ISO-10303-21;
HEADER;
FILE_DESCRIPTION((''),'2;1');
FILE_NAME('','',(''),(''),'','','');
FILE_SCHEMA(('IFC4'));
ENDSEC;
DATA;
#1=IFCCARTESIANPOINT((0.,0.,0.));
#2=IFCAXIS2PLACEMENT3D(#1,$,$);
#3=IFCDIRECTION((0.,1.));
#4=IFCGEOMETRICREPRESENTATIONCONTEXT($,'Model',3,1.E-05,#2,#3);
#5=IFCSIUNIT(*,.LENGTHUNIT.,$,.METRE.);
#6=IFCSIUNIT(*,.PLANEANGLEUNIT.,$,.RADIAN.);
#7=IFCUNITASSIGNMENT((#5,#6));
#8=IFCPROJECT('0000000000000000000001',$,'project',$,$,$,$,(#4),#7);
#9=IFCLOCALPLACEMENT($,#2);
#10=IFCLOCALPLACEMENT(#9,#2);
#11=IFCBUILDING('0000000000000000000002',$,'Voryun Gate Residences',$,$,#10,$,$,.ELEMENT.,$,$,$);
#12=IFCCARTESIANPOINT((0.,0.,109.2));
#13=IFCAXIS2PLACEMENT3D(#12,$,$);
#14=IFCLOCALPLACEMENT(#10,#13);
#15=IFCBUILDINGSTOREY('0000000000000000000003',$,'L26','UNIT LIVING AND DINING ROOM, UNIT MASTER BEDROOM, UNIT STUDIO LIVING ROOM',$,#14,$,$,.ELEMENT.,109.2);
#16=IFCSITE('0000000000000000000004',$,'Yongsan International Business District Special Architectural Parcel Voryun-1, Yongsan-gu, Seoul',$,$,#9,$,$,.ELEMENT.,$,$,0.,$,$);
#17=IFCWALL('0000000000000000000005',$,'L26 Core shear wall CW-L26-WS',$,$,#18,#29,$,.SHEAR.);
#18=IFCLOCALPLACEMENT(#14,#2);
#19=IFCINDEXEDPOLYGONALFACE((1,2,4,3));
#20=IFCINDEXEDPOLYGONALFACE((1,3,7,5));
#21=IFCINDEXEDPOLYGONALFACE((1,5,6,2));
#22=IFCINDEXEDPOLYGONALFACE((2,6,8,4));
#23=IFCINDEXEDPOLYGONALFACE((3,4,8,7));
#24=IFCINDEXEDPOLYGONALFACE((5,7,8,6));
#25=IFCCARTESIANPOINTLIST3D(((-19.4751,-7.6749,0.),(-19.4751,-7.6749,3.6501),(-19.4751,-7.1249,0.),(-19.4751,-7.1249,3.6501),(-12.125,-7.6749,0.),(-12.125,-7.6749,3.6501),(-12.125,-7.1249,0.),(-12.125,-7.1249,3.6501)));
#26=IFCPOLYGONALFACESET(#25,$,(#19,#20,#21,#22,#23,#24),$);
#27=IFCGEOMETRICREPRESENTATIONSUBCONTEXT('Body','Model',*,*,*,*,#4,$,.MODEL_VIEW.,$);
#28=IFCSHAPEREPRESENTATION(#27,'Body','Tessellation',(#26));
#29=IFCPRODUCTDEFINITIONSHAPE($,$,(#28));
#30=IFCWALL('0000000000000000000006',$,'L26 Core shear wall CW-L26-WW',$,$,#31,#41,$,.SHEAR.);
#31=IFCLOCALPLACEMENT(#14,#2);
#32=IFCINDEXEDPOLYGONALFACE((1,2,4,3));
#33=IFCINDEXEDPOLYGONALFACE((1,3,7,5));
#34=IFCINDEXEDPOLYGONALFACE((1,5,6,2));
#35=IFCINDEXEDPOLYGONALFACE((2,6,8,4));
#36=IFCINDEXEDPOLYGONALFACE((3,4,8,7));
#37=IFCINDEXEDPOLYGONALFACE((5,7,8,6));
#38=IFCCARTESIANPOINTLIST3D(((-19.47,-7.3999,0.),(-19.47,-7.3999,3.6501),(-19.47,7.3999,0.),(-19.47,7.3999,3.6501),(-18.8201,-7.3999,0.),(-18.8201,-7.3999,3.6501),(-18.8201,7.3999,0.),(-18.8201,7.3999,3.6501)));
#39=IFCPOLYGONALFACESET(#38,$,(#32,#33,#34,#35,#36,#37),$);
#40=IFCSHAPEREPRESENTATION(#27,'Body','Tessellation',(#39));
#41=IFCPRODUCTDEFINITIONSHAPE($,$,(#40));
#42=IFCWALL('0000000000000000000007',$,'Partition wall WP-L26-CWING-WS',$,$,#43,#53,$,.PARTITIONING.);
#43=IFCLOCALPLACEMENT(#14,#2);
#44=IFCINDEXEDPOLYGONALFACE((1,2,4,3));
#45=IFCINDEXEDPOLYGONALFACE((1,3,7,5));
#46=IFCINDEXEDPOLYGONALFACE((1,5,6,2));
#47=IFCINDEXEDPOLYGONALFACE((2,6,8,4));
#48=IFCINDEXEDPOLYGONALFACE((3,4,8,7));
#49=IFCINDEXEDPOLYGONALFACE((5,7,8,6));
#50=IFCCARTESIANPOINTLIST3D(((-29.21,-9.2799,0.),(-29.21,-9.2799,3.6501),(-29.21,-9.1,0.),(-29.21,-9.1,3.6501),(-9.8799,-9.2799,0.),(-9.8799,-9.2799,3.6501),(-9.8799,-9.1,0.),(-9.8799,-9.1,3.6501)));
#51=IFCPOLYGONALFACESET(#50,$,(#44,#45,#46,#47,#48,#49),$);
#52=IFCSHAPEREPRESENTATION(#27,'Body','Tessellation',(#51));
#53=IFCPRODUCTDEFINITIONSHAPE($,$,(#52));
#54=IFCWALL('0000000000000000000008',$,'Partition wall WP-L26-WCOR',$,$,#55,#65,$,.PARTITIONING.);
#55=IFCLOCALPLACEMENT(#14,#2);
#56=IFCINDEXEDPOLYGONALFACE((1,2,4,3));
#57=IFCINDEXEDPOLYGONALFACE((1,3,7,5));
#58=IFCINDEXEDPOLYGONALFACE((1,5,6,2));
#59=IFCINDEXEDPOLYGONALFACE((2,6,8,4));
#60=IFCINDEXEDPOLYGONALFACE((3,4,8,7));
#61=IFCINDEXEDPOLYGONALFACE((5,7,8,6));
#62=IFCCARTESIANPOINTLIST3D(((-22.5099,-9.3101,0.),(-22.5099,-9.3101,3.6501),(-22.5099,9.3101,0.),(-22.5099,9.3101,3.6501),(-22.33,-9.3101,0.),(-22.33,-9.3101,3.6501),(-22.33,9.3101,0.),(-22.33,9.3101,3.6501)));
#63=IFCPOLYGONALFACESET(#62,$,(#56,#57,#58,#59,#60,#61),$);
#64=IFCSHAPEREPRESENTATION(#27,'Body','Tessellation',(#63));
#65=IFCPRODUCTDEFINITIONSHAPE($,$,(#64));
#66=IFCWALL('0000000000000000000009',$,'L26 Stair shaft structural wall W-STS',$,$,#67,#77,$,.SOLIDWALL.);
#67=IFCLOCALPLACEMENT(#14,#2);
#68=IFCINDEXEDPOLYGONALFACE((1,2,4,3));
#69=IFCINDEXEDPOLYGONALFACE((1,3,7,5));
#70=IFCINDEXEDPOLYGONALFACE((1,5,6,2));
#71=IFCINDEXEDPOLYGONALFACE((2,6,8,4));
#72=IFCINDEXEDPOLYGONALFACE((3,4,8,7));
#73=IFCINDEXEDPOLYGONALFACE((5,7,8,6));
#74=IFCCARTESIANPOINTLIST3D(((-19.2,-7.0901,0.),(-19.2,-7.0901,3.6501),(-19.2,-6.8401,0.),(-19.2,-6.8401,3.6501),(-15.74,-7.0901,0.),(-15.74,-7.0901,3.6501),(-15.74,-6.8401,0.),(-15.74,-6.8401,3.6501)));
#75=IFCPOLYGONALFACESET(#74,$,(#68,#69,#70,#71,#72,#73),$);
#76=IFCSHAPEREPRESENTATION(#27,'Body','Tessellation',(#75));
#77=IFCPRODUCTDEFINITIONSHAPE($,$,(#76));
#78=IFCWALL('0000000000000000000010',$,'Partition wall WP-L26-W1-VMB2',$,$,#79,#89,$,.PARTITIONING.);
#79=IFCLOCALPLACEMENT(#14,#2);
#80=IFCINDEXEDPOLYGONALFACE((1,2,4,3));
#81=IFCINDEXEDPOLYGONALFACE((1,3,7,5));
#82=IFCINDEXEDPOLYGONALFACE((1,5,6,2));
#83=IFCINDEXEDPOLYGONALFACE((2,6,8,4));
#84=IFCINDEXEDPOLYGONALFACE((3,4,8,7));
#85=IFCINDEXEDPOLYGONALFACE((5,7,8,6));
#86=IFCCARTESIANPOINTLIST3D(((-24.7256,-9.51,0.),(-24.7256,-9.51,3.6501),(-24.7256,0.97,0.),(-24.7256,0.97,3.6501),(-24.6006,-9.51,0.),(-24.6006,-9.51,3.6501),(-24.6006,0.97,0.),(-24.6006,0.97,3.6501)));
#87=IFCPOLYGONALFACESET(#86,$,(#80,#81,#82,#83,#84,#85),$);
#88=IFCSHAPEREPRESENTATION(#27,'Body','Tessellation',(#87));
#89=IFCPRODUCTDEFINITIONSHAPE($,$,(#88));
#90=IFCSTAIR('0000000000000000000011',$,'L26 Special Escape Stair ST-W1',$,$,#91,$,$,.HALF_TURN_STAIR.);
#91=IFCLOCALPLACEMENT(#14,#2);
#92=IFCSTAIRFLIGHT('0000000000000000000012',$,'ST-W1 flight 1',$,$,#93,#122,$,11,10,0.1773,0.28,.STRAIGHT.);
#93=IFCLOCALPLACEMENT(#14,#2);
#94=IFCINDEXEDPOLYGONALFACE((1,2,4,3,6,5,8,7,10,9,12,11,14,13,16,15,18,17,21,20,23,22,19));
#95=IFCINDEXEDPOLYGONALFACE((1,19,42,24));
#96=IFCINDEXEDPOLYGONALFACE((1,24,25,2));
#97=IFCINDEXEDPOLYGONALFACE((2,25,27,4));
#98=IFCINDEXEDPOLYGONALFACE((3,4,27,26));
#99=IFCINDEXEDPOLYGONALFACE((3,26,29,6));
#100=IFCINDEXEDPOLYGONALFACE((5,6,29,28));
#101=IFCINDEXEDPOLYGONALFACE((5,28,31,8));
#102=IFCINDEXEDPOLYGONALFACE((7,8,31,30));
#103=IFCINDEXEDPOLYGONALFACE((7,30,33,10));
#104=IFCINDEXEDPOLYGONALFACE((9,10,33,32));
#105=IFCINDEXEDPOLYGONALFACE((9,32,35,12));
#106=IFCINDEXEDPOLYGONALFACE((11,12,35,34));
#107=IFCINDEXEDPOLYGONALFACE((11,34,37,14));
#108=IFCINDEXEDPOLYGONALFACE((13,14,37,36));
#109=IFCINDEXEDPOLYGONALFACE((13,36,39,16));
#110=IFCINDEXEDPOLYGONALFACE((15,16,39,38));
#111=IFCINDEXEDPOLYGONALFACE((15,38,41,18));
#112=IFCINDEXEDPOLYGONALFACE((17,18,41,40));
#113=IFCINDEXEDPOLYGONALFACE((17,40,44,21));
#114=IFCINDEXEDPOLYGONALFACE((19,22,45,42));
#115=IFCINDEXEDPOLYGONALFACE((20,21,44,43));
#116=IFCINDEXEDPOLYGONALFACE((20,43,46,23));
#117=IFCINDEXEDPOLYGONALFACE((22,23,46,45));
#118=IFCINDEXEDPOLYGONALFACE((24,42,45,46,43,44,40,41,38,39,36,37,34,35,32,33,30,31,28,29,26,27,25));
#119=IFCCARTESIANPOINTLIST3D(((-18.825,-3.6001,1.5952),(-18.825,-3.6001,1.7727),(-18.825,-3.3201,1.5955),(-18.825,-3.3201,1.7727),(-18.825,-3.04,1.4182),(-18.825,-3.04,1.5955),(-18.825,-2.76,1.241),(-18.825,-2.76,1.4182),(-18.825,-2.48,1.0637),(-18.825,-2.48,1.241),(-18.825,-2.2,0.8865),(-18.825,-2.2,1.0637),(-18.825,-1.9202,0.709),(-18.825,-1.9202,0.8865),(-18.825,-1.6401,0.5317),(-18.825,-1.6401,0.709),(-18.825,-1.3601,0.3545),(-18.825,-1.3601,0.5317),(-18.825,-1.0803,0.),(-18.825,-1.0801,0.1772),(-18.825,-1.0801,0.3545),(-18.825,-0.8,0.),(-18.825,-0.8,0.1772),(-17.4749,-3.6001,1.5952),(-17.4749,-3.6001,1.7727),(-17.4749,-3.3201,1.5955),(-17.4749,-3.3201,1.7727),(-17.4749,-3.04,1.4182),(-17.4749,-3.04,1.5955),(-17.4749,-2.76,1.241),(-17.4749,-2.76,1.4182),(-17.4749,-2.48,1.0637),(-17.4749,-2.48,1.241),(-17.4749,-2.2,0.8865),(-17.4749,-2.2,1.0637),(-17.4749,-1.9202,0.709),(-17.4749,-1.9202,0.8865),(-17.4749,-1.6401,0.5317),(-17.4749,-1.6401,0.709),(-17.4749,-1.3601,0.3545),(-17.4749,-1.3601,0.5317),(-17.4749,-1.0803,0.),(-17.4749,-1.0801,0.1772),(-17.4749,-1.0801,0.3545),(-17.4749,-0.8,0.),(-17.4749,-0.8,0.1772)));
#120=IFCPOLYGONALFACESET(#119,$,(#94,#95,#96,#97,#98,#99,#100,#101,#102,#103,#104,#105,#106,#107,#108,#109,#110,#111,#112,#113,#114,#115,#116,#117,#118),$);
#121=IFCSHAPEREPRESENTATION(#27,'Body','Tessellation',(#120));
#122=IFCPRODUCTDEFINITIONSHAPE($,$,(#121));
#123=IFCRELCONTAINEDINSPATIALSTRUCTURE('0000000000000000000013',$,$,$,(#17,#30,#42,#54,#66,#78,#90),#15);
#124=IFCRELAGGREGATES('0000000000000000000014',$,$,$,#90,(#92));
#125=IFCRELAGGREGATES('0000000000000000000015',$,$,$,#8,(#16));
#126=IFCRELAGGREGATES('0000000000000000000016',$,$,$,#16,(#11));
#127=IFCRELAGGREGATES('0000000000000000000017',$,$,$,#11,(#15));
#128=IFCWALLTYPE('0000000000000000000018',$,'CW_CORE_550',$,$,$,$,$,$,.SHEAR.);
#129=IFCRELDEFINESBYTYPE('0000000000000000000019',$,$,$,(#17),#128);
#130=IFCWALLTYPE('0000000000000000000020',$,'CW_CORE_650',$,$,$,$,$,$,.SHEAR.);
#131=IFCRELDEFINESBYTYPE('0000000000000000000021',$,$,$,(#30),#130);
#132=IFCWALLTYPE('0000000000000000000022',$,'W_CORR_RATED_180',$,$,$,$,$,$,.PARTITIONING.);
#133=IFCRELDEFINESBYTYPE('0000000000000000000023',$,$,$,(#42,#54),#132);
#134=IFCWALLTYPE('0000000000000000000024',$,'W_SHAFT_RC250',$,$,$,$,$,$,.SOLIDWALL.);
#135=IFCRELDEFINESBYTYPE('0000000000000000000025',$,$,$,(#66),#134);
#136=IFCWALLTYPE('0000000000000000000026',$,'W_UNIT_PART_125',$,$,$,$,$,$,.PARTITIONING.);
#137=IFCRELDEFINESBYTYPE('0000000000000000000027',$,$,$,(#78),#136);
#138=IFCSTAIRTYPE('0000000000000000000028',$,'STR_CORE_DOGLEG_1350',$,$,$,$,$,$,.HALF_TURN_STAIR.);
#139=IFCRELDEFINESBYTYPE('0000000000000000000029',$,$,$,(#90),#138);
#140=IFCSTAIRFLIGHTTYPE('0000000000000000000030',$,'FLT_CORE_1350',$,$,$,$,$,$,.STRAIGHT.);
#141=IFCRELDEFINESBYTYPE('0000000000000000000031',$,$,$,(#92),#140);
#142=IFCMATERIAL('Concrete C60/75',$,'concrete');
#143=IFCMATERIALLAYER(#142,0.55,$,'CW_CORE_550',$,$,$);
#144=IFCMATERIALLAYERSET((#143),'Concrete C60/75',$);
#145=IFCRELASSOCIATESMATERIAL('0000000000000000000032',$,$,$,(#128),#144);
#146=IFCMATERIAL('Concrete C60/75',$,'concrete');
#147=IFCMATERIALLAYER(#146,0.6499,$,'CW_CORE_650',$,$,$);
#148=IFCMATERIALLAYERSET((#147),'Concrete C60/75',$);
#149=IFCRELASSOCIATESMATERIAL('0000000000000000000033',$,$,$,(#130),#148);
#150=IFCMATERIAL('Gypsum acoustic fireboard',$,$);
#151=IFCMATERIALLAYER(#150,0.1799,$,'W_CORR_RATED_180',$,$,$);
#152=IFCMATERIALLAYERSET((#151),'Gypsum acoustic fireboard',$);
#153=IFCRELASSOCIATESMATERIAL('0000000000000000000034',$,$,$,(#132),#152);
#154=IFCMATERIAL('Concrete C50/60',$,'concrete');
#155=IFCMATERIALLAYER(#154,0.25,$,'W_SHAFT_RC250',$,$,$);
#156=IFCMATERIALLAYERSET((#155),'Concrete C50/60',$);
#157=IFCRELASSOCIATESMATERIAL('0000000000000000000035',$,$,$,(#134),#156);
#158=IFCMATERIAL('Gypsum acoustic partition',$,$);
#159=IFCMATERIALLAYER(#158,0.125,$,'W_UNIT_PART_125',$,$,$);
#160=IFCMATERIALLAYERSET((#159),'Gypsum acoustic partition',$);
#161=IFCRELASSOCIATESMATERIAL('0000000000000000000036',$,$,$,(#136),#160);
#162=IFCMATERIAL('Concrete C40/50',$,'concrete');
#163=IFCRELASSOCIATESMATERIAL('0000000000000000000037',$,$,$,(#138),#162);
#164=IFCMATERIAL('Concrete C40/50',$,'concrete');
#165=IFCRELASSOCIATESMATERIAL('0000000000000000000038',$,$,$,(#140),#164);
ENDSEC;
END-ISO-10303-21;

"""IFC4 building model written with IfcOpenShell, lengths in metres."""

from ifc_helpers import new_model, si_unit, direction, frame, frame_2d, origin, place, context, subcontext, project, spatial, polyline, rectangle, outline, extrude, material, layer, layer_set, type_object, element, aggregate, save


model = new_model("IFC4")

# Units and contexts
model_context = context("Model", 3, precision=1e-05, world=origin(), true_north=direction((0.0, 1.0)))
body_context = subcontext(model_context, "Body", "Model", "MODEL_VIEW")
ifc_project = project(units=[si_unit("LENGTHUNIT", "METRE"), si_unit("PLANEANGLEUNIT", "RADIAN")], contexts=[model_context])

# Site, building, storey
site_placement = place(None, origin())
site = spatial("IfcSite", under=ifc_project, at=site_placement, Name="Yongsan International Business District Special Architectural Parcel Voryun-1, Yongsan-gu, Seoul", CompositionType="ELEMENT", RefElevation=0.0)
building_placement = place(site_placement, origin())
building = spatial("IfcBuilding", under=site, at=building_placement, Name="Voryun Gate Residences", CompositionType="ELEMENT")
storey_placement = place(building_placement, frame((0.0, 0.0, 109.2)))
storey = spatial("IfcBuildingStorey", under=building, at=storey_placement, Name="L26", Description="UNIT LIVING AND DINING ROOM, UNIT MASTER BEDROOM, UNIT STUDIO LIVING ROOM", CompositionType="ELEMENT", Elevation=109.2)

# Walls
ifc_material_1 = material(Name="Concrete C60/75", Category="concrete")
ifc_layer_1 = layer(ifc_material_1, 0.55, Name="CW_CORE_550")
ifc_layer_set_1 = layer_set([ifc_layer_1], Name="Concrete C60/75")
wall_type_1 = type_object("IfcWallType", Name="CW_CORE_550", PredefinedType="SHEAR", material=ifc_layer_set_1)
wall_1_placement = place(storey_placement, frame((-19.4751, -7.3999, 0.0), z_axis=(0.0, 0.0, 1.0), x_axis=(1.0, 0.0, 0.0)))
element("IfcWall", 1, at=wall_1_placement, inside=storey, type_object=wall_type_1, Name="L26 Core shear wall CW-L26-WS", PredefinedType="SHEAR", context=body_context, shape_type="SweptSolid", body=[
    extrude(rectangle(XDim=7.3501, YDim=0.55, at=frame_2d((3.675, 0.0))), origin(), (0.0, 0.0, 1.0), 3.6501),
])
ifc_material_2 = material(Name="Concrete C60/75", Category="concrete")
ifc_layer_2 = layer(ifc_material_2, 0.6499, Name="CW_CORE_650")
ifc_layer_set_2 = layer_set([ifc_layer_2], Name="Concrete C60/75")
wall_type_2 = type_object("IfcWallType", Name="CW_CORE_650", PredefinedType="SHEAR", material=ifc_layer_set_2)
wall_2_placement = place(storey_placement, frame((-19.145, -7.3999, 0.0), z_axis=(0.0, 0.0, 1.0), x_axis=(0.0, 1.0, 0.0)))
element("IfcWall", 2, at=wall_2_placement, inside=storey, type_object=wall_type_2, Name="L26 Core shear wall CW-L26-WW", PredefinedType="SHEAR", context=body_context, shape_type="SweptSolid", body=[
    extrude(rectangle(XDim=14.7998, YDim=0.6499, at=frame_2d((7.3999, 0.0))), origin(), (0.0, 0.0, 1.0), 3.6501),
])
ifc_material_3 = material(Name="Gypsum acoustic fireboard")
ifc_layer_3 = layer(ifc_material_3, 0.1799, Name="W_CORR_RATED_180")
ifc_layer_set_3 = layer_set([ifc_layer_3], Name="Gypsum acoustic fireboard")
wall_type_3 = type_object("IfcWallType", Name="W_CORR_RATED_180", PredefinedType="PARTITIONING", material=ifc_layer_set_3)
wall_3_placement = place(storey_placement, frame((-29.21, -9.1899, 0.0), z_axis=(0.0, 0.0, 1.0), x_axis=(1.0, 0.0, 0.0)))
element("IfcWall", 3, at=wall_3_placement, inside=storey, type_object=wall_type_3, Name="Partition wall WP-L26-CWING-WS", PredefinedType="PARTITIONING", context=body_context, shape_type="SweptSolid", body=[
    extrude(rectangle(XDim=19.3301, YDim=0.1799, at=frame_2d((9.665, 0.0))), origin(), (0.0, 0.0, 1.0), 3.6501),
])
wall_4_placement = place(storey_placement, frame((-22.4199, -9.3101, 0.0), z_axis=(0.0, 0.0, 1.0), x_axis=(0.0, 1.0, 0.0)))
element("IfcWall", 4, at=wall_4_placement, inside=storey, type_object=wall_type_3, Name="Partition wall WP-L26-WCOR", PredefinedType="PARTITIONING", context=body_context, shape_type="SweptSolid", body=[
    extrude(rectangle(XDim=18.6201, YDim=0.1799, at=frame_2d((9.3101, 0.0))), origin(), (0.0, 0.0, 1.0), 3.6501),
])
ifc_material_4 = material(Name="Concrete C50/60", Category="concrete")
ifc_layer_4 = layer(ifc_material_4, 0.25, Name="W_SHAFT_RC250")
ifc_layer_set_4 = layer_set([ifc_layer_4], Name="Concrete C50/60")
wall_type_4 = type_object("IfcWallType", Name="W_SHAFT_RC250", PredefinedType="SOLIDWALL", material=ifc_layer_set_4)
wall_5_placement = place(storey_placement, frame((-19.2, -6.9651, 0.0), z_axis=(0.0, 0.0, 1.0), x_axis=(1.0, 0.0, 0.0)))
element("IfcWall", 5, at=wall_5_placement, inside=storey, type_object=wall_type_4, Name="L26 Stair shaft structural wall W-STS", PredefinedType="SOLIDWALL", context=body_context, shape_type="SweptSolid", body=[
    extrude(rectangle(XDim=3.46, YDim=0.25, at=frame_2d((1.73, 0.0))), origin(), (0.0, 0.0, 1.0), 3.6501),
])
ifc_material_5 = material(Name="Gypsum acoustic partition")
ifc_layer_5 = layer(ifc_material_5, 0.125, Name="W_UNIT_PART_125")
ifc_layer_set_5 = layer_set([ifc_layer_5], Name="Gypsum acoustic partition")
wall_type_5 = type_object("IfcWallType", Name="W_UNIT_PART_125", PredefinedType="PARTITIONING", material=ifc_layer_set_5)
wall_6_placement = place(storey_placement, frame((-24.6631, -9.51, 0.0), z_axis=(0.0, 0.0, 1.0), x_axis=(0.0, 1.0, 0.0)))
element("IfcWall", 6, at=wall_6_placement, inside=storey, type_object=wall_type_5, Name="Partition wall WP-L26-W1-VMB2", PredefinedType="PARTITIONING", context=body_context, shape_type="SweptSolid", body=[
    extrude(rectangle(XDim=10.48, YDim=0.125, at=frame_2d((5.24, 0.0))), origin(), (0.0, 0.0, 1.0), 3.6501),
])

# Stair, stair flight
ifc_material_6 = material(Name="Concrete C40/50", Category="concrete")
stair_type = type_object("IfcStairType", Name="STR_CORE_DOGLEG_1350", PredefinedType="HALF_TURN_STAIR", material=ifc_material_6)
stair_placement = place(storey_placement, origin())
stair = element("IfcStair", 7, at=stair_placement, inside=storey, type_object=stair_type, Name="L26 Special Escape Stair ST-W1", PredefinedType="HALF_TURN_STAIR")
ifc_material_7 = material(Name="Concrete C40/50", Category="concrete")
stair_flight_type = type_object("IfcStairFlightType", Name="FLT_CORE_1350", PredefinedType="STRAIGHT", material=ifc_material_7)
stair_flight_placement = place(storey_placement, frame((-18.1499, -0.8, 0.0), z_axis=(0.0, 0.0, 1.0), x_axis=(0.0, -1.0, 0.0)))
stair_flight = element("IfcStairFlight", 8, at=stair_flight_placement, type_object=stair_flight_type, Name="ST-W1 flight 1", NumberOfRisers=11, NumberOfTreads=10, PredefinedType="STRAIGHT", RiserHeight=0.1773, TreadLength=0.28, context=body_context, shape_type="SweptSolid", body=[
    extrude(outline(polyline([(0.0, 0.0), (0.0, 0.1772), (0.28, 0.1772), (0.28, 0.3545), (0.5601, 0.3545), (0.5601, 0.5317), (0.8401, 0.5317), (0.8401, 0.709), (1.1201, 0.709), (1.1201, 0.8865), (1.3999, 0.8865), (1.3999, 1.0637), (1.6799, 1.0637), (1.6799, 1.241), (1.96, 1.241), (1.96, 1.4182), (2.24, 1.4182), (2.24, 1.5955), (2.52, 1.5955), (2.52, 1.7727), (2.8, 1.7727), (2.8, 1.95), (2.8, 1.5952), (0.2803, 0.0), (0.0, 0.0)])), frame((0.0, 0.675, 0.0), z_axis=(0.0, -1.0, 0.0), x_axis=(1.0, 0.0, 0.0)), (0.0, 0.0, 1.0), 1.3501),
])
aggregate(stair, [stair_flight])

save(model, "model.ifc")
